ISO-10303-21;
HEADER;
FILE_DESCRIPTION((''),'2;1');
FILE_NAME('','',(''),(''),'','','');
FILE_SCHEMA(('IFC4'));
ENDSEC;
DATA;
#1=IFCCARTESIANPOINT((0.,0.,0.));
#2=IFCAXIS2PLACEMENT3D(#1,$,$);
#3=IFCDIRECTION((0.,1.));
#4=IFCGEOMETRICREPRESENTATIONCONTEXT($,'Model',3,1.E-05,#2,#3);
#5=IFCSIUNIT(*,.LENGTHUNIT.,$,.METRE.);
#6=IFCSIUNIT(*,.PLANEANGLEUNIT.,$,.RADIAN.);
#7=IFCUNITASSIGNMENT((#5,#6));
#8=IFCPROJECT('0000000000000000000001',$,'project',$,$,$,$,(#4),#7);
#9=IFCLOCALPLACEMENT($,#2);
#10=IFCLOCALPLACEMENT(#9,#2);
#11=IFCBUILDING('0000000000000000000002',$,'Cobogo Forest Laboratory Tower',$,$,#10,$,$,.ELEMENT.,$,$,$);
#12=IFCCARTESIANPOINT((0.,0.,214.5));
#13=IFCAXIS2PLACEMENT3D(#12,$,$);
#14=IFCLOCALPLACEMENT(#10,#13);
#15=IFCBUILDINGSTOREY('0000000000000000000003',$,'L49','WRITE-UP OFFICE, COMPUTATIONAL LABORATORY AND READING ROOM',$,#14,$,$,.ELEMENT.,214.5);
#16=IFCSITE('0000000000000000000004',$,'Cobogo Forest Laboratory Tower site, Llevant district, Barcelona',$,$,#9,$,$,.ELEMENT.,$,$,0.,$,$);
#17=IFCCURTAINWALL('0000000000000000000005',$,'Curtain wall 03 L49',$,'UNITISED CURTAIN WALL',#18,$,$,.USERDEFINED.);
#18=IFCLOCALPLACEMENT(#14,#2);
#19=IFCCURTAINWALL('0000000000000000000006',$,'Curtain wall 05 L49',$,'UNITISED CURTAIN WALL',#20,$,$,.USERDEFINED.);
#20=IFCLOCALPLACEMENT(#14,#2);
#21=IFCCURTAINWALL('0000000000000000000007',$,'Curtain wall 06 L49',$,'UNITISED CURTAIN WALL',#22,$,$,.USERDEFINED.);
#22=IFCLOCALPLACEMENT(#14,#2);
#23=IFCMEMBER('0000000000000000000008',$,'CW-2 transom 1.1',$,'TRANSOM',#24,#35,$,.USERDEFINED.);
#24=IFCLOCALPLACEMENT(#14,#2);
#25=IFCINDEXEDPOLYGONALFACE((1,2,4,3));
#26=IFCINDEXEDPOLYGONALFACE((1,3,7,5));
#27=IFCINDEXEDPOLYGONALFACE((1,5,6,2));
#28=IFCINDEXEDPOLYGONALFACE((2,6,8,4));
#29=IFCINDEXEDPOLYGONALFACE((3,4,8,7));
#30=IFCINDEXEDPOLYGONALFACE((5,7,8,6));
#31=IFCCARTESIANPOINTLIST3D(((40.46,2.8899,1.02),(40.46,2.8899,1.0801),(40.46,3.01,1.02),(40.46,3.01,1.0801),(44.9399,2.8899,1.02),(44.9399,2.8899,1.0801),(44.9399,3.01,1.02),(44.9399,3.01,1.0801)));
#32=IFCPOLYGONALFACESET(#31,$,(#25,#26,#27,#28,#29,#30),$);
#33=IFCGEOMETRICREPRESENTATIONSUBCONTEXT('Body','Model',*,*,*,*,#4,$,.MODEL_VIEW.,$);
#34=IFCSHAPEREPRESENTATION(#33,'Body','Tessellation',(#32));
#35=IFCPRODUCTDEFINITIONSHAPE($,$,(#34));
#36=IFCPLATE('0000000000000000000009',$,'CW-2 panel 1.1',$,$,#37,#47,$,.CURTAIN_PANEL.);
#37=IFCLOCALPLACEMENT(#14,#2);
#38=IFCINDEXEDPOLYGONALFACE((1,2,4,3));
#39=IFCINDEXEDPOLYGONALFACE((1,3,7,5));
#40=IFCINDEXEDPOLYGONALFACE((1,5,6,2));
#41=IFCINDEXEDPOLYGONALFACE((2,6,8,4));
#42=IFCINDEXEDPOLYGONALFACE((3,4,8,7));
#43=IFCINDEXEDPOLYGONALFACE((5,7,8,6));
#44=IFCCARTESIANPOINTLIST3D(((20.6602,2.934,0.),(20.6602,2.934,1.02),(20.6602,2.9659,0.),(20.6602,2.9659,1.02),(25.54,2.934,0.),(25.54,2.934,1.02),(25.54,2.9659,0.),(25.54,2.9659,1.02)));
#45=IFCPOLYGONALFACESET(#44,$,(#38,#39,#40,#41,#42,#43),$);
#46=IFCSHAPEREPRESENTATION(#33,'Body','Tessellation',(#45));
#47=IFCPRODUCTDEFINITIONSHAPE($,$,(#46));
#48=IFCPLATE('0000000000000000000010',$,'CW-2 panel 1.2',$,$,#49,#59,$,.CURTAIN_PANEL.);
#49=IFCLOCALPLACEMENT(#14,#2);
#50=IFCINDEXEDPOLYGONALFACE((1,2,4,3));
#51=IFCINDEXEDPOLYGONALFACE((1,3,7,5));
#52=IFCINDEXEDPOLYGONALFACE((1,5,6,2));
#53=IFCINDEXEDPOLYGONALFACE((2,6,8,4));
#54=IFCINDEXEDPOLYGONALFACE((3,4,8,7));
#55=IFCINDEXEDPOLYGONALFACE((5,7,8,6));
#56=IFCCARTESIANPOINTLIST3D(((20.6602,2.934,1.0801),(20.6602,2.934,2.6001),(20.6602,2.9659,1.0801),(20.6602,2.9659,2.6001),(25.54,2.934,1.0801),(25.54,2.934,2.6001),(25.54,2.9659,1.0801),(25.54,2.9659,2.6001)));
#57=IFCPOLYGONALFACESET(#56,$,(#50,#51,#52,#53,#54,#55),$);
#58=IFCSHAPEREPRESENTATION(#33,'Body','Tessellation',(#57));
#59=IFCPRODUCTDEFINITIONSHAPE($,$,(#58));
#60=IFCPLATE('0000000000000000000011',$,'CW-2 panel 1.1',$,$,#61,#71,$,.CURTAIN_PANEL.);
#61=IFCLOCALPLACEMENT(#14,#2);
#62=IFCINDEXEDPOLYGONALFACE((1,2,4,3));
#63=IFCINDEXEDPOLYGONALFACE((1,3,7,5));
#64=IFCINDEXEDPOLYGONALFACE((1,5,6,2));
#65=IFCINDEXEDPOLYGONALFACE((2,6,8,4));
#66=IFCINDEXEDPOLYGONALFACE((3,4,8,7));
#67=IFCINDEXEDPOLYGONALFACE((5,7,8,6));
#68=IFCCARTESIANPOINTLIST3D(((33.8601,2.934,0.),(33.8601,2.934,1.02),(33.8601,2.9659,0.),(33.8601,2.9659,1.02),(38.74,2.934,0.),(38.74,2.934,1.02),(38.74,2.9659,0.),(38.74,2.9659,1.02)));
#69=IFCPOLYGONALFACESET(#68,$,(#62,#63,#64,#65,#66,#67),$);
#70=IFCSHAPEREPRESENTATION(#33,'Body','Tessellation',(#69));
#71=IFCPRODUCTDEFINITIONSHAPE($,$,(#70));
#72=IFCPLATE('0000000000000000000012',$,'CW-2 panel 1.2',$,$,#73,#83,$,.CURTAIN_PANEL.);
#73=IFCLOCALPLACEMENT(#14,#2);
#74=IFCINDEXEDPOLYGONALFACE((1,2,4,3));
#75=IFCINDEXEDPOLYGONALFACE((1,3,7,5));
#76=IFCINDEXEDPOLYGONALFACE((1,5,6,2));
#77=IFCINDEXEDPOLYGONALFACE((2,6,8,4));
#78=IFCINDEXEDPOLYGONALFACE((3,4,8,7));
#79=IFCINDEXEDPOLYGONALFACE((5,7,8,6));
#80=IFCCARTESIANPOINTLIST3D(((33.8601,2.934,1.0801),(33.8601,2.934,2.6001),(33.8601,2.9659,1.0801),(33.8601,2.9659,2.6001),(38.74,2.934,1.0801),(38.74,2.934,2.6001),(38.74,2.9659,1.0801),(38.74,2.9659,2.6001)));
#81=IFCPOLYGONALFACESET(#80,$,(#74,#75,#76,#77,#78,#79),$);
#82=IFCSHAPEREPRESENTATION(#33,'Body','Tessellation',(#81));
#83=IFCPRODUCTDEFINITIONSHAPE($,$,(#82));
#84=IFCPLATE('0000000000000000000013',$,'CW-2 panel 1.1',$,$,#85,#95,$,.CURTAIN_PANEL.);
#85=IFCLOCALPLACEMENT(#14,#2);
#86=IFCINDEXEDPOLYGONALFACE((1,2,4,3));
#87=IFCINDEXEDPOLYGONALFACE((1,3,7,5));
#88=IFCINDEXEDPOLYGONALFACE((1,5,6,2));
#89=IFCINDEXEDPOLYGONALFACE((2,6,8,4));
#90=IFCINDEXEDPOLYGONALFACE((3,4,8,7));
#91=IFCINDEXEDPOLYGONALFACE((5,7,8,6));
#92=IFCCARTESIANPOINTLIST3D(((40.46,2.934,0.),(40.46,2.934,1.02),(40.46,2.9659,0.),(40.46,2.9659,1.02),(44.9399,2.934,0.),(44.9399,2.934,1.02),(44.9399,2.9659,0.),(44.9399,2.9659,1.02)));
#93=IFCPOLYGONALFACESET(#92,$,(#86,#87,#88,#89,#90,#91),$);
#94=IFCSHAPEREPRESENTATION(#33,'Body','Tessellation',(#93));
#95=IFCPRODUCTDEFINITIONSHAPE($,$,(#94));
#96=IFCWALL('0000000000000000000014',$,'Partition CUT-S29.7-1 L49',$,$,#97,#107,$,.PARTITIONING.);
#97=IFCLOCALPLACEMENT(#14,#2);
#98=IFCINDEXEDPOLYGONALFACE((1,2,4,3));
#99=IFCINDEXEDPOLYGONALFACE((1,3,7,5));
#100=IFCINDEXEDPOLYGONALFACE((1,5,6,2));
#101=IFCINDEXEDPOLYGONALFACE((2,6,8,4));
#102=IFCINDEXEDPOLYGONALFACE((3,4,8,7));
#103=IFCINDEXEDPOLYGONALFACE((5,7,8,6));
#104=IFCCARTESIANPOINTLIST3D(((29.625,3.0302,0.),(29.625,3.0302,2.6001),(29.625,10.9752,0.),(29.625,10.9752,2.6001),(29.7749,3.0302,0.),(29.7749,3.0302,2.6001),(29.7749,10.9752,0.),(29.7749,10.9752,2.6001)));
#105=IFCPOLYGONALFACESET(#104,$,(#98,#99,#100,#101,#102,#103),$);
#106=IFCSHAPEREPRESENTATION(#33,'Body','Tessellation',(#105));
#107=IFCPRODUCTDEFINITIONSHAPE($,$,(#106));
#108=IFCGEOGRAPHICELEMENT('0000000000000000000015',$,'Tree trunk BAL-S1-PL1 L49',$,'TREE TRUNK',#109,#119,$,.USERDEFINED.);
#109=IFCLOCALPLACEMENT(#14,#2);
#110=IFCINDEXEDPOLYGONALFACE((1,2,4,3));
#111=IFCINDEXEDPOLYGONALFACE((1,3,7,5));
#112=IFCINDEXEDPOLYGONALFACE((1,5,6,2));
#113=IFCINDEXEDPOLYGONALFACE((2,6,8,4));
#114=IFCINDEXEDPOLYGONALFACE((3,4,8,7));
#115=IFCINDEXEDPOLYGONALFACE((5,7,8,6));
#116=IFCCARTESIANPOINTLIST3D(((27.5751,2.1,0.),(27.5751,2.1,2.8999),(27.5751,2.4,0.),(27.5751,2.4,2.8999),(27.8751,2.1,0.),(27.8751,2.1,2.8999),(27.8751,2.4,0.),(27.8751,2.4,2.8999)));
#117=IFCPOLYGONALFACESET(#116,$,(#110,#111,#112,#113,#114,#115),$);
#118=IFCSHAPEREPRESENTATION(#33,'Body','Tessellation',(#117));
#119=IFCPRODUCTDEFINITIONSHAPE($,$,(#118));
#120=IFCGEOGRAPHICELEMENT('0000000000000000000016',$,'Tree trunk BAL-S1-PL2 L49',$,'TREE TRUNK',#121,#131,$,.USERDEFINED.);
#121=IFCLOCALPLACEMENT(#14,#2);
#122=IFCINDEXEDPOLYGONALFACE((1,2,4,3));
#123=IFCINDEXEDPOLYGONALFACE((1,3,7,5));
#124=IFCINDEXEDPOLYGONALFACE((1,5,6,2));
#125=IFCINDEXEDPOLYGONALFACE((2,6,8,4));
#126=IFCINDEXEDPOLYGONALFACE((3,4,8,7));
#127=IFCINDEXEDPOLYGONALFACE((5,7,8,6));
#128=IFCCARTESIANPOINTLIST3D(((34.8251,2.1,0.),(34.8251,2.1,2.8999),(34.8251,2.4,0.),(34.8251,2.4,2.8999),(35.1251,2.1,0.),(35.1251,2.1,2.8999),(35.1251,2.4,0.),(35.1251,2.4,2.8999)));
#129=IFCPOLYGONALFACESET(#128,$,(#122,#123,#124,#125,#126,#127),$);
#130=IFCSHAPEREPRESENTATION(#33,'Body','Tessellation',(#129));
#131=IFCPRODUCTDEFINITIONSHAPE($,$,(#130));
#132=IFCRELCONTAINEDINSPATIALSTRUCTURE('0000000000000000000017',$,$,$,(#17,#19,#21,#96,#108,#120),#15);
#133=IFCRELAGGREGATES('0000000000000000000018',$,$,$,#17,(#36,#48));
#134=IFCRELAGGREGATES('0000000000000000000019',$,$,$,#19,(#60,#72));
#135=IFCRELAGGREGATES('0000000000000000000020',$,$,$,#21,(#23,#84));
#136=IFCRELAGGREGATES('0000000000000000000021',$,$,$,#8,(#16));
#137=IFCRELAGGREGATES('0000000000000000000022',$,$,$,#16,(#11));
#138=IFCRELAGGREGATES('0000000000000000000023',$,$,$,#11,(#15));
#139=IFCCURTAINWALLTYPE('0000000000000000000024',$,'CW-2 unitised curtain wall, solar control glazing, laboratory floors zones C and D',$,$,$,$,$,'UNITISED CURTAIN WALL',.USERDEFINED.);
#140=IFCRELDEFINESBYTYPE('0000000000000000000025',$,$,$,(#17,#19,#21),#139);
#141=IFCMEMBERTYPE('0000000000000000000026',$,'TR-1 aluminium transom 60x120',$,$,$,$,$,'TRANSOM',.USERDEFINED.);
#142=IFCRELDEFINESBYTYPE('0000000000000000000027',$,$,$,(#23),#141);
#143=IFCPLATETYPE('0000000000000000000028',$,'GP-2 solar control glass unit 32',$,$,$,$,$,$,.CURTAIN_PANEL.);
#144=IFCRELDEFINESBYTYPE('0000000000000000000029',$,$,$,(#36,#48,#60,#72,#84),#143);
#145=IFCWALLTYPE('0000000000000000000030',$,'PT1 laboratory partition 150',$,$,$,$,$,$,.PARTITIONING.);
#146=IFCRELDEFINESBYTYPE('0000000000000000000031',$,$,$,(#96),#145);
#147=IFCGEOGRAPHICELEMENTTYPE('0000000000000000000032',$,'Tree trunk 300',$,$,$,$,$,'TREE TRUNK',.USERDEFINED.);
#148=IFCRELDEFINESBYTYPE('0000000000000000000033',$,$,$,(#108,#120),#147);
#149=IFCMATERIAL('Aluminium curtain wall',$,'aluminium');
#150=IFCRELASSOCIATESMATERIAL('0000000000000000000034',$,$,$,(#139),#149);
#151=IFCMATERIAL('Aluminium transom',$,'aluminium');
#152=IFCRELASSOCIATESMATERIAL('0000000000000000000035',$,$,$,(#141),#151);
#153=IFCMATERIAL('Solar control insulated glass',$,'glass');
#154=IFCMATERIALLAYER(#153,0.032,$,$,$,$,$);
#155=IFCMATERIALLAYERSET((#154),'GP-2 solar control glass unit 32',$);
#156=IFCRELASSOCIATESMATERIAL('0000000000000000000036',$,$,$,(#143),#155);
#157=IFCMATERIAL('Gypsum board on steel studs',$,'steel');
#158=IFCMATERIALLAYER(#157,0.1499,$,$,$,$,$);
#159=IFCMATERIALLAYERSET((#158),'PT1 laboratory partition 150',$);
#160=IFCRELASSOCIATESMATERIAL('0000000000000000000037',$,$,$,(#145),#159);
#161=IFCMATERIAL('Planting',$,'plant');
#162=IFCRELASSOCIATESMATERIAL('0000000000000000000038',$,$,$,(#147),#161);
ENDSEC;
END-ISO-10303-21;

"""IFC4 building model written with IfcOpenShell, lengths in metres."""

from ifc_helpers import new_model, si_unit, direction, frame, frame_2d, origin, origin_2d, place, context, subcontext, project, spatial, rectangle, extrude, material, layer, layer_set, material_profile, profile_set, type_object, element, aggregate, save


model = new_model("IFC4")

# Units and contexts
model_context = context("Model", 3, precision=1e-05, world=origin(), true_north=direction((0.0, 1.0)))
body_context = subcontext(model_context, "Body", "Model", "MODEL_VIEW")
ifc_project = project(units=[si_unit("LENGTHUNIT", "METRE"), si_unit("PLANEANGLEUNIT", "RADIAN")], contexts=[model_context])

# Site, building, storey
site_placement = place(None, origin())
site = spatial("IfcSite", under=ifc_project, at=site_placement, Name="Cobogo Forest Laboratory Tower site, Llevant district, Barcelona", CompositionType="ELEMENT", RefElevation=0.0)
building_placement = place(site_placement, origin())
building = spatial("IfcBuilding", under=site, at=building_placement, Name="Cobogo Forest Laboratory Tower", CompositionType="ELEMENT")
storey_placement = place(building_placement, frame((0.0, 0.0, 214.5)))
storey = spatial("IfcBuildingStorey", under=building, at=storey_placement, Name="L49", Description="WRITE-UP OFFICE, COMPUTATIONAL LABORATORY AND READING ROOM", CompositionType="ELEMENT", Elevation=214.5)

# Curtain walls
ifc_material_1 = material(Name="Aluminium curtain wall", Category="aluminium")
curtain_wall_type = type_object("IfcCurtainWallType", Name="CW-2 unitised curtain wall, solar control glazing, laboratory floors zones C and D", ElementType="UNITISED CURTAIN WALL", PredefinedType="USERDEFINED", material=ifc_material_1)
curtain_wall_1_placement = place(storey_placement, origin())
curtain_wall_1 = element("IfcCurtainWall", 1, at=curtain_wall_1_placement, inside=storey, type_object=curtain_wall_type, Name="Curtain wall 03 L49", ObjectType="UNITISED CURTAIN WALL", PredefinedType="USERDEFINED")
curtain_wall_2_placement = place(storey_placement, origin())
curtain_wall_2 = element("IfcCurtainWall", 2, at=curtain_wall_2_placement, inside=storey, type_object=curtain_wall_type, Name="Curtain wall 05 L49", ObjectType="UNITISED CURTAIN WALL", PredefinedType="USERDEFINED")

# Curtain wall
curtain_wall_3_placement = place(storey_placement, origin())
curtain_wall_3 = element("IfcCurtainWall", 3, at=curtain_wall_3_placement, inside=storey, type_object=curtain_wall_type, Name="Curtain wall 06 L49", ObjectType="UNITISED CURTAIN WALL", PredefinedType="USERDEFINED")

# Member
ifc_material_2 = material(Name="Aluminium transom", Category="aluminium")
ifc_material_profile_1 = material_profile(ifc_material_2, rectangle(XDim=0.1201, YDim=0.0601, at=origin_2d()), Name="AL 60x120")
ifc_profile_set_1 = profile_set([ifc_material_profile_1], Name="Aluminium transom")
member_type_1 = type_object("IfcMemberType", Name="TR-1 aluminium transom 60x120", ElementType="TRANSOM", PredefinedType="USERDEFINED", material=ifc_profile_set_1)
member_1_placement = place(storey_placement, frame((40.46, 2.95, 1.05), z_axis=(1.0, 0.0, 0.0), x_axis=(0.0, 1.0, 0.0)))
member_1 = element("IfcMember", 4, at=member_1_placement, type_object=member_type_1, Name="CW-2 transom 1.1", ObjectType="TRANSOM", PredefinedType="USERDEFINED", context=body_context, shape_type="SweptSolid", body=[
    extrude(rectangle(XDim=0.1201, YDim=0.0601, at=origin_2d()), origin(), (0.0, 0.0, 1.0), 4.48),
])

# Plates
ifc_material_3 = material(Name="Solar control insulated glass", Category="glass")
ifc_layer_1 = layer(ifc_material_3, 0.032)
ifc_layer_set_1 = layer_set([ifc_layer_1], Name="GP-2 solar control glass unit 32")
plate_type_1 = type_object("IfcPlateType", Name="GP-2 solar control glass unit 32", PredefinedType="CURTAIN_PANEL", material=ifc_layer_set_1)
plate_1_placement = place(storey_placement, frame((23.1001, 2.95, 0.0), z_axis=(0.0, 0.0, 1.0), x_axis=(1.0, 0.0, 0.0)))
plate_1 = element("IfcPlate", 5, at=plate_1_placement, type_object=plate_type_1, Name="CW-2 panel 1.1", PredefinedType="CURTAIN_PANEL", context=body_context, shape_type="SweptSolid", body=[
    extrude(rectangle(XDim=4.8799, YDim=0.032, at=origin_2d()), origin(), (0.0, 0.0, 1.0), 1.02),
])
plate_2_placement = place(storey_placement, frame((23.1001, 2.95, 1.0801), z_axis=(0.0, 0.0, 1.0), x_axis=(1.0, 0.0, 0.0)))
plate_2 = element("IfcPlate", 6, at=plate_2_placement, type_object=plate_type_1, Name="CW-2 panel 1.2", PredefinedType="CURTAIN_PANEL", context=body_context, shape_type="SweptSolid", body=[
    extrude(rectangle(XDim=4.8799, YDim=0.032, at=origin_2d()), origin(), (0.0, 0.0, 1.0), 1.52),
])
aggregate(curtain_wall_1, [plate_1, plate_2])
plate_3_placement = place(storey_placement, frame((36.3, 2.95, 0.0), z_axis=(0.0, 0.0, 1.0), x_axis=(1.0, 0.0, 0.0)))
plate_3 = element("IfcPlate", 7, at=plate_3_placement, type_object=plate_type_1, Name="CW-2 panel 1.1", PredefinedType="CURTAIN_PANEL", context=body_context, shape_type="SweptSolid", body=[
    extrude(rectangle(XDim=4.8799, YDim=0.032, at=origin_2d()), origin(), (0.0, 0.0, 1.0), 1.02),
])
plate_4_placement = place(storey_placement, frame((36.3, 2.95, 1.0801), z_axis=(0.0, 0.0, 1.0), x_axis=(1.0, 0.0, 0.0)))
plate_4 = element("IfcPlate", 8, at=plate_4_placement, type_object=plate_type_1, Name="CW-2 panel 1.2", PredefinedType="CURTAIN_PANEL", context=body_context, shape_type="SweptSolid", body=[
    extrude(rectangle(XDim=4.8799, YDim=0.032, at=origin_2d()), origin(), (0.0, 0.0, 1.0), 1.52),
])
aggregate(curtain_wall_2, [plate_3, plate_4])
plate_5_placement = place(storey_placement, frame((42.7, 2.95, 0.0), z_axis=(0.0, 0.0, 1.0), x_axis=(1.0, 0.0, 0.0)))
plate_5 = element("IfcPlate", 9, at=plate_5_placement, type_object=plate_type_1, Name="CW-2 panel 1.1", PredefinedType="CURTAIN_PANEL", context=body_context, shape_type="SweptSolid", body=[
    extrude(rectangle(XDim=4.48, YDim=0.032, at=origin_2d()), origin(), (0.0, 0.0, 1.0), 1.02),
])
aggregate(curtain_wall_3, [member_1, plate_5])

# Wall
ifc_material_4 = material(Name="Gypsum board on steel studs", Category="steel")
ifc_layer_2 = layer(ifc_material_4, 0.1499)
ifc_layer_set_2 = layer_set([ifc_layer_2], Name="PT1 laboratory partition 150")
wall_type_1 = type_object("IfcWallType", Name="PT1 laboratory partition 150", PredefinedType="PARTITIONING", material=ifc_layer_set_2)
wall_1_placement = place(storey_placement, frame((29.7, 3.03, 0.0), z_axis=(0.0, 0.0, 1.0), x_axis=(0.0, 1.0, 0.0)))
element("IfcWall", 10, at=wall_1_placement, inside=storey, type_object=wall_type_1, Name="Partition CUT-S29.7-1 L49", PredefinedType="PARTITIONING", context=body_context, shape_type="SweptSolid", body=[
    extrude(rectangle(XDim=7.9451, YDim=0.1499, at=frame_2d((3.9727, 0.0))), origin(), (0.0, 0.0, 1.0), 2.6001),
])

# Geographic elements
ifc_material_5 = material(Name="Planting", Category="plant")
geographic_element_type = type_object("IfcGeographicElementType", Name="Tree trunk 300", ElementType="TREE TRUNK", PredefinedType="USERDEFINED", material=ifc_material_5)
for number, where, z_axis, x_axis, name in (
    (11, (27.7251, 2.25, 0.0), (0.0, 0.0, 1.0), (1.0, 0.0, 0.0), "Tree trunk BAL-S1-PL1 L49"),
    (12, (34.9751, 2.25, 0.0), (0.0, 0.0, 1.0), (1.0, 0.0, 0.0), "Tree trunk BAL-S1-PL2 L49"),
):
    element("IfcGeographicElement", number, at=place(storey_placement, frame(where, z_axis=z_axis, x_axis=x_axis)), inside=storey, type_object=geographic_element_type, Name=name, ObjectType="TREE TRUNK", PredefinedType="USERDEFINED", context=body_context, shape_type="SweptSolid", body=[
        extrude(rectangle(XDim=0.3, YDim=0.3, at=origin_2d()), origin(), (0.0, 0.0, 1.0), 2.8999),
    ])

save(model, "model.ifc")
